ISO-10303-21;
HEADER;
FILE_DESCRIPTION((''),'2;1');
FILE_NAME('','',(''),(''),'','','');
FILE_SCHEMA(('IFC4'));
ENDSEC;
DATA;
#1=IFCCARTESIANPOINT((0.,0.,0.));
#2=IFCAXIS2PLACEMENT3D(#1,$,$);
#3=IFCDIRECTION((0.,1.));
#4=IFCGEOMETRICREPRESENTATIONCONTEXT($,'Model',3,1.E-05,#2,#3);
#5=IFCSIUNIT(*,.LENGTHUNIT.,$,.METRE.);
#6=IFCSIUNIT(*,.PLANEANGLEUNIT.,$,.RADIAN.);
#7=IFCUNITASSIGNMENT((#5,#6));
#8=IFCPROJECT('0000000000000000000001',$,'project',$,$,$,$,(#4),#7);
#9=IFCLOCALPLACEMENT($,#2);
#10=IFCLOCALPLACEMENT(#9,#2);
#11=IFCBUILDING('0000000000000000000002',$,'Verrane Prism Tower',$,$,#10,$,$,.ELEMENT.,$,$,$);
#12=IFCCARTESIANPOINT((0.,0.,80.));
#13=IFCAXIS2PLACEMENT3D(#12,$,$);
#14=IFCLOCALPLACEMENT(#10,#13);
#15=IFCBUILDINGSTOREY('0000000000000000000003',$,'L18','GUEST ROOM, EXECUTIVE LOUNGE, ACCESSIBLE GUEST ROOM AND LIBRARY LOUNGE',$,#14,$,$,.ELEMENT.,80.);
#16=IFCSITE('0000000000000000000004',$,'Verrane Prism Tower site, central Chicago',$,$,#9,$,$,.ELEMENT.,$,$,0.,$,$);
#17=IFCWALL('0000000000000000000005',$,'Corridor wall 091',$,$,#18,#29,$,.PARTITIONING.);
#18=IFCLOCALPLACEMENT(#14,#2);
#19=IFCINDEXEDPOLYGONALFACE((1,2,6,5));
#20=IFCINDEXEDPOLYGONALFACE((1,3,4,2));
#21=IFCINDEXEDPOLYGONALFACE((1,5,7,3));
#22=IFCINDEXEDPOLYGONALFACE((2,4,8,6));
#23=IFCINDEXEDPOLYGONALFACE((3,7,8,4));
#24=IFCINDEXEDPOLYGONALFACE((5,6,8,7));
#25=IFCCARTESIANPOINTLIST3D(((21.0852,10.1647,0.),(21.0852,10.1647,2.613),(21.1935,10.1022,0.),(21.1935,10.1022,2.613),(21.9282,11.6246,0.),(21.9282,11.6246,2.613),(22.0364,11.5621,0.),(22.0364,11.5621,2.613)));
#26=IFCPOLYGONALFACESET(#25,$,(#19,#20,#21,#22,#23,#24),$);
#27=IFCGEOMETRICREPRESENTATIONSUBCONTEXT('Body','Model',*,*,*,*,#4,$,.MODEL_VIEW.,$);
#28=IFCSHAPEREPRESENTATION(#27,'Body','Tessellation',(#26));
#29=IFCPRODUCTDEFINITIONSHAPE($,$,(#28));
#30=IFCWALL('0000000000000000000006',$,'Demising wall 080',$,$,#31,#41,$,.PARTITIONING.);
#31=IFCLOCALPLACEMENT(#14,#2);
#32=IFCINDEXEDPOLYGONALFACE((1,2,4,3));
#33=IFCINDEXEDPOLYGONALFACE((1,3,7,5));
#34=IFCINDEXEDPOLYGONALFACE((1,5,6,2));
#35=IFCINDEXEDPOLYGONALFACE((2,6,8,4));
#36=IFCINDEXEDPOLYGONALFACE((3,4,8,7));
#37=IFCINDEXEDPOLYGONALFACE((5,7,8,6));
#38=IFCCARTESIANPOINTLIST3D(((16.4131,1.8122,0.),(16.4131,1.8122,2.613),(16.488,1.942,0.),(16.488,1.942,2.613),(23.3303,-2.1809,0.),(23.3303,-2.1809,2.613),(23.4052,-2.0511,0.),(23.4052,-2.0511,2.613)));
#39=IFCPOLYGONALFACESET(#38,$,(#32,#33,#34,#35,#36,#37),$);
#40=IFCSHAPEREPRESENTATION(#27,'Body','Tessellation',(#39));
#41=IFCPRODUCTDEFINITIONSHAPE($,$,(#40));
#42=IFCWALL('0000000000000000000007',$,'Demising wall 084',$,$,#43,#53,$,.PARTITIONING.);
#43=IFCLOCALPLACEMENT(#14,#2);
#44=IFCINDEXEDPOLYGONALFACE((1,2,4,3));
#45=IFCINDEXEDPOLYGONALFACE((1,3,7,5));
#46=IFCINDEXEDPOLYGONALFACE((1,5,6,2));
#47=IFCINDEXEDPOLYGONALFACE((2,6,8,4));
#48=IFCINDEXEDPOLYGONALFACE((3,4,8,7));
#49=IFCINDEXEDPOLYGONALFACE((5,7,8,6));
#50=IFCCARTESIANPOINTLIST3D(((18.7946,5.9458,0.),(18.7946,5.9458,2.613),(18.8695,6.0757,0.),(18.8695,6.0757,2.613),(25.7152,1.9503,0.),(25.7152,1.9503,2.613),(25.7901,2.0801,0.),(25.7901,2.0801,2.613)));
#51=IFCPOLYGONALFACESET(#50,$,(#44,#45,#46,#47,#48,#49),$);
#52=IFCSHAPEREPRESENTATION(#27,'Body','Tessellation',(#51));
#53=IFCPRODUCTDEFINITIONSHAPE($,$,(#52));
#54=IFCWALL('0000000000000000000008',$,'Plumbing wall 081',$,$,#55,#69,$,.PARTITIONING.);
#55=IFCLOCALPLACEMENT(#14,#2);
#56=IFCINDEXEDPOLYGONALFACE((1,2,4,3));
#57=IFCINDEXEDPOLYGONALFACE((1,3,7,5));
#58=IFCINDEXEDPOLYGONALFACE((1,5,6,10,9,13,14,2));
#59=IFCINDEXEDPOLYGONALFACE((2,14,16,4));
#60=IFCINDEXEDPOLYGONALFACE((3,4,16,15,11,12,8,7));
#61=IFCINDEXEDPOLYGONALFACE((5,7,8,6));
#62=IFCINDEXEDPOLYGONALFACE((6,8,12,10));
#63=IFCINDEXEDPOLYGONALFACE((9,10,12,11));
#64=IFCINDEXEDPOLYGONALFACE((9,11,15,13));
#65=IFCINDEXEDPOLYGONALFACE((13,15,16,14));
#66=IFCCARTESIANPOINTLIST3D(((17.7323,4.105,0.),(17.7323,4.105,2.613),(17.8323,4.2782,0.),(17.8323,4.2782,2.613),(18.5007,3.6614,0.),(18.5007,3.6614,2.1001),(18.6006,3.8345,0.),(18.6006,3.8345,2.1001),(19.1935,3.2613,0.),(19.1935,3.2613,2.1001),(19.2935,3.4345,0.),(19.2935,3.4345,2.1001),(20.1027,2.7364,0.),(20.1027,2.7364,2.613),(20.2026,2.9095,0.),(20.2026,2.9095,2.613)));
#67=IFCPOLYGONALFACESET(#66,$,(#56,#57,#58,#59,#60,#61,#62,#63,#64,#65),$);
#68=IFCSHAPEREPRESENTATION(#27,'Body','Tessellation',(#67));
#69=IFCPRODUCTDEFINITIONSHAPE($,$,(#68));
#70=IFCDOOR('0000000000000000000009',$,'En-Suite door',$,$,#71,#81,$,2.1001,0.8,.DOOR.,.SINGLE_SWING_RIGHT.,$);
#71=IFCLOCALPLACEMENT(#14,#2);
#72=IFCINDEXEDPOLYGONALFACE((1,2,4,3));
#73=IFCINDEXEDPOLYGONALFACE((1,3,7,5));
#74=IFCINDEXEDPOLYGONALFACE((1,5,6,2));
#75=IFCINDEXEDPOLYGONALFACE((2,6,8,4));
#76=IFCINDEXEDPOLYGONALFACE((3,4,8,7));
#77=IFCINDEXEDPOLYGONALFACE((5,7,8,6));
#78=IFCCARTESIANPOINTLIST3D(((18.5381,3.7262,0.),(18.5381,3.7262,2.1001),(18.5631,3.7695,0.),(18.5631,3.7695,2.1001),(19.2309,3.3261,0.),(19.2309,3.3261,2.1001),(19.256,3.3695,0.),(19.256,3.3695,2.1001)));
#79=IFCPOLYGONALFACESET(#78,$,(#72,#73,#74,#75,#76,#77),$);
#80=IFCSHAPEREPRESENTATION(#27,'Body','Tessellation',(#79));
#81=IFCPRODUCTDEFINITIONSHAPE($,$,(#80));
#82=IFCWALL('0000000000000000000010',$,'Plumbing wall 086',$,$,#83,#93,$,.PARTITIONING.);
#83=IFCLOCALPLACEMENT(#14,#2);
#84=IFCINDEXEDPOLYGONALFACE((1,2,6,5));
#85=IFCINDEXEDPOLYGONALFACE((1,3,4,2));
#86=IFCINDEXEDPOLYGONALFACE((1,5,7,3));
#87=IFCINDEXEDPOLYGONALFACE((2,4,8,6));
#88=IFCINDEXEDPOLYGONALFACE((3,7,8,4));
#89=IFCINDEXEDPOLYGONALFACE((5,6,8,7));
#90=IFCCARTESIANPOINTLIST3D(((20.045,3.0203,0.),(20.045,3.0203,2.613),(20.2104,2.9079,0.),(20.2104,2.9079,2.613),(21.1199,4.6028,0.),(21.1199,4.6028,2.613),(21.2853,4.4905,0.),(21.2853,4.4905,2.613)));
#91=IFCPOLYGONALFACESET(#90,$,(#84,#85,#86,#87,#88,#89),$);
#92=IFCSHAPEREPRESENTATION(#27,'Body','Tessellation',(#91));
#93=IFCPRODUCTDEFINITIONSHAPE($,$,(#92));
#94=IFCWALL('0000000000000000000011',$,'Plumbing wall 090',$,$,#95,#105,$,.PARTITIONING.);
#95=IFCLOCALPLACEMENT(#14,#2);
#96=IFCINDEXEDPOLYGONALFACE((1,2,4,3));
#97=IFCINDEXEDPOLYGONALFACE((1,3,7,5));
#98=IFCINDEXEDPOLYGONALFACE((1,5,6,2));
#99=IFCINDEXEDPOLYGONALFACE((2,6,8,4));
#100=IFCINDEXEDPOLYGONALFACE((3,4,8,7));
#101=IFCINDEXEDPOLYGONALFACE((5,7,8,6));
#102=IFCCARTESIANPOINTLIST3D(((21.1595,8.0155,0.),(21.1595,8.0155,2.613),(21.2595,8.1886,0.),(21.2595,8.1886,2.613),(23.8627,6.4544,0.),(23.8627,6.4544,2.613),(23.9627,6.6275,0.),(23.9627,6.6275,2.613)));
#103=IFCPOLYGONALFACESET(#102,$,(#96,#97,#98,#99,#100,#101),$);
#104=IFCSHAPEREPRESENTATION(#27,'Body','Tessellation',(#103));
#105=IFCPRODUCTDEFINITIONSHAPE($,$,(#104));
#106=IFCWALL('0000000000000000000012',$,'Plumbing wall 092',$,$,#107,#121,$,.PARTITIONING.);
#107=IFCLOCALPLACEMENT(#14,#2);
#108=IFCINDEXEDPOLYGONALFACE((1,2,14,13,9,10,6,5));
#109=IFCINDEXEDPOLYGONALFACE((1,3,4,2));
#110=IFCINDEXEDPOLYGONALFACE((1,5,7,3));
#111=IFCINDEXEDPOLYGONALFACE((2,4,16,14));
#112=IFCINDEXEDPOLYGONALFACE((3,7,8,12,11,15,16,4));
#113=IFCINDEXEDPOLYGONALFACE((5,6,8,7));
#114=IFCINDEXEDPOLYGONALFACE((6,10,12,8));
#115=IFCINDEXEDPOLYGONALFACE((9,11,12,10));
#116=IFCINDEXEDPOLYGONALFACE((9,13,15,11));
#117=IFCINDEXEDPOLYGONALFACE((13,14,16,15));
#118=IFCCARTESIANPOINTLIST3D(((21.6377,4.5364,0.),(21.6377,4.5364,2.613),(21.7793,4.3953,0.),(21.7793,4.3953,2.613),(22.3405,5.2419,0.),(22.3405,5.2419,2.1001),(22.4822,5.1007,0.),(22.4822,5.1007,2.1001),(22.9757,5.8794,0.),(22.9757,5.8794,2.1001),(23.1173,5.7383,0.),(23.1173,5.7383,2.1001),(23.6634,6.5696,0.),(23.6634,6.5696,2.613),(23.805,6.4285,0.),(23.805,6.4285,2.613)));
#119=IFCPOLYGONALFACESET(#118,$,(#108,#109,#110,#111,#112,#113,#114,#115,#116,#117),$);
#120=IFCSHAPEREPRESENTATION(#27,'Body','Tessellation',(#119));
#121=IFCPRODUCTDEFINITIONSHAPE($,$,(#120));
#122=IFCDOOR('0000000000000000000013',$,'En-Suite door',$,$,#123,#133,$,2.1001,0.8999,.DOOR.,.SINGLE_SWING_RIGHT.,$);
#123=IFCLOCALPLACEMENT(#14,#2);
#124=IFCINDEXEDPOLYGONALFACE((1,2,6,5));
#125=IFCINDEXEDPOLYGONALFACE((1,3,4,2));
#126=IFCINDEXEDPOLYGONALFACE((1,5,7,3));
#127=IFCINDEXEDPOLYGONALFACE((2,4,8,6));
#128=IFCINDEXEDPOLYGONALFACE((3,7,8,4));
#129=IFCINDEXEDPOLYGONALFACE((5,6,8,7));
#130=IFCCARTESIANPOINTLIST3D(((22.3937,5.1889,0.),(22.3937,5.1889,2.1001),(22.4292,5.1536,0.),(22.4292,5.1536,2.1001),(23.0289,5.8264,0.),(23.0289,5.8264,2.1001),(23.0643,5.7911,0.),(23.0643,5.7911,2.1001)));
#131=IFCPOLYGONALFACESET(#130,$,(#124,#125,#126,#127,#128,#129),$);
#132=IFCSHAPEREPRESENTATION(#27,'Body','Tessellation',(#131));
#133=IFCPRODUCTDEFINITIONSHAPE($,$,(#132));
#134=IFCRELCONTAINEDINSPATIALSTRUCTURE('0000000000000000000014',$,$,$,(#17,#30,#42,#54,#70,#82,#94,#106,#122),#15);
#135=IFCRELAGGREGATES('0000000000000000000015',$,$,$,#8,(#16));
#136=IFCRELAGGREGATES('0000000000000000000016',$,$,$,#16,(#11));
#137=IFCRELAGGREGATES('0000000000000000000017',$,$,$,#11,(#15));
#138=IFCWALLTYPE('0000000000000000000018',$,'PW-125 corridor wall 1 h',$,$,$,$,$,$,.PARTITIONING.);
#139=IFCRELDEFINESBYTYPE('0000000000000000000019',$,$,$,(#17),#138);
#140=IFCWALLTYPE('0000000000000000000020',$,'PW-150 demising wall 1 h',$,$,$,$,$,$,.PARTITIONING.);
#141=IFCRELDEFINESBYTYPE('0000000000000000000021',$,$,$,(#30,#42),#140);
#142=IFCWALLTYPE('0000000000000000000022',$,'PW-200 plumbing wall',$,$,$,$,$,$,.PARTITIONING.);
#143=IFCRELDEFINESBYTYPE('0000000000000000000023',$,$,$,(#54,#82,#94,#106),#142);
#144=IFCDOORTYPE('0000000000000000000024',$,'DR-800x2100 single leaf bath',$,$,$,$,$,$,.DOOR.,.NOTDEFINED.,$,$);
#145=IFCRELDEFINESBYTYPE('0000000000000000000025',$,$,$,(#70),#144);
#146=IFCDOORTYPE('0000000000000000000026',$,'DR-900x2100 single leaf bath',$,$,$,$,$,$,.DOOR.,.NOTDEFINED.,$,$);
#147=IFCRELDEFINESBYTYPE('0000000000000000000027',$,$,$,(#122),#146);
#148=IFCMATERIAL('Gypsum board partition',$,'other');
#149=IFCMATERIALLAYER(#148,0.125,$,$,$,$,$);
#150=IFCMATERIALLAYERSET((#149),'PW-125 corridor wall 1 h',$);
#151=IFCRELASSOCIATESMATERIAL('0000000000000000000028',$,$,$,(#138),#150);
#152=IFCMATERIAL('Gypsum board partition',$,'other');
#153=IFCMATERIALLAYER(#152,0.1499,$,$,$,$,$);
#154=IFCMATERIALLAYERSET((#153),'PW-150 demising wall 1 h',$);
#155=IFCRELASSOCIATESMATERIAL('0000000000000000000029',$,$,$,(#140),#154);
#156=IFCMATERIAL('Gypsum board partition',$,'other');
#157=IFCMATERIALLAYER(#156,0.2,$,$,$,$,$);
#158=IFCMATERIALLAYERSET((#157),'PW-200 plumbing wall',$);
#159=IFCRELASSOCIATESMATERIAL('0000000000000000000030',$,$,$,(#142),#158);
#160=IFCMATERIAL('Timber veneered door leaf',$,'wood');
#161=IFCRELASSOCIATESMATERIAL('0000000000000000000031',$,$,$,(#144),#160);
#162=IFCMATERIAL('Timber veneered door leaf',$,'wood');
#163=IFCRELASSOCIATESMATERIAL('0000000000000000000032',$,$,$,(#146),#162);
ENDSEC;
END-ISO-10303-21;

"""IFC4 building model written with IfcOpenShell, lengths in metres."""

from ifc_helpers import new_model, si_unit, direction, frame, frame_2d, origin, place, context, subcontext, project, spatial, rectangle, extrude, material, layer, layer_set, type_object, element, fill, save


model = new_model("IFC4")

# Units and contexts
model_context = context("Model", 3, precision=1e-05, world=origin(), true_north=direction((0.0, 1.0)))
body_context = subcontext(model_context, "Body", "Model", "MODEL_VIEW")
ifc_project = project(units=[si_unit("LENGTHUNIT", "METRE"), si_unit("PLANEANGLEUNIT", "RADIAN")], contexts=[model_context])

# Site, building, storey
site_placement = place(None, origin())
site = spatial("IfcSite", under=ifc_project, at=site_placement, Name="Verrane Prism Tower site, central Chicago", CompositionType="ELEMENT", RefElevation=0.0)
building_placement = place(site_placement, origin())
building = spatial("IfcBuilding", under=site, at=building_placement, Name="Verrane Prism Tower", CompositionType="ELEMENT")
storey_placement = place(building_placement, frame((0.0, 0.0, 80.0)))
storey = spatial("IfcBuildingStorey", under=building, at=storey_placement, Name="L18", Description="GUEST ROOM, EXECUTIVE LOUNGE, ACCESSIBLE GUEST ROOM AND LIBRARY LOUNGE", CompositionType="ELEMENT", Elevation=80.0)

# Shared definitions
ifc_material_1 = material(Name="Gypsum board partition", Category="other")
ifc_layer_1 = layer(ifc_material_1, 0.125)
ifc_layer_set_1 = layer_set([ifc_layer_1], Name="PW-125 corridor wall 1 h")
wall_type_1 = type_object("IfcWallType", Name="PW-125 corridor wall 1 h", PredefinedType="PARTITIONING", material=ifc_layer_set_1)

# Walls
wall_1_placement = place(storey_placement, frame((21.1394, 10.1335, 0.0), z_axis=(0.0, 0.0, 1.0), x_axis=(0.500048, 0.865997, 0.0)))
element("IfcWall", 1, at=wall_1_placement, inside=storey, type_object=wall_type_1, Name="Corridor wall 091", PredefinedType="PARTITIONING", context=body_context, shape_type="SweptSolid", body=[
    extrude(rectangle(XDim=1.6858, YDim=0.125, at=frame_2d((0.8428, 0.0))), origin(), (0.0, 0.0, 1.0), 2.613),
])
ifc_material_2 = material(Name="Gypsum board partition", Category="other")
ifc_layer_2 = layer(ifc_material_2, 0.1499)
ifc_layer_set_2 = layer_set([ifc_layer_2], Name="PW-150 demising wall 1 h")
wall_type_2 = type_object("IfcWallType", Name="PW-150 demising wall 1 h", PredefinedType="PARTITIONING", material=ifc_layer_set_2)
wall_2_placement = place(storey_placement, frame((16.4504, 1.8772, 0.0), z_axis=(0.0, 0.0, 1.0), x_axis=(0.866053, -0.499953, 0.0)))
element("IfcWall", 2, at=wall_2_placement, inside=storey, type_object=wall_type_2, Name="Demising wall 080", PredefinedType="PARTITIONING", context=body_context, shape_type="SweptSolid", body=[
    extrude(rectangle(XDim=7.9871, YDim=0.1499, at=frame_2d((3.9937, 0.0))), origin(), (0.0, 0.0, 1.0), 2.613),
])
wall_3_placement = place(storey_placement, frame((18.832, 6.0107, 0.0), z_axis=(0.0, 0.0, 1.0), x_axis=(0.866027, -0.499997, 0.0)))
element("IfcWall", 3, at=wall_3_placement, inside=storey, type_object=wall_type_2, Name="Demising wall 084", PredefinedType="PARTITIONING", context=body_context, shape_type="SweptSolid", body=[
    extrude(rectangle(XDim=7.9912, YDim=0.1499, at=frame_2d((3.9956, 0.0))), origin(), (0.0, 0.0, 1.0), 2.613),
])

# Wall, opening, door
ifc_material_3 = material(Name="Gypsum board partition", Category="other")
ifc_layer_3 = layer(ifc_material_3, 0.2)
ifc_layer_set_3 = layer_set([ifc_layer_3], Name="PW-200 plumbing wall")
wall_type_3 = type_object("IfcWallType", Name="PW-200 plumbing wall", PredefinedType="PARTITIONING", material=ifc_layer_set_3)
wall_4_placement = place(storey_placement, frame((17.7822, 4.1917, 0.0), z_axis=(0.0, 0.0, 1.0), x_axis=(0.866006, -0.500034, 0.0)))
wall_4 = element("IfcWall", 4, at=wall_4_placement, inside=storey, type_object=wall_type_3, Name="Plumbing wall 081", PredefinedType="PARTITIONING", context=body_context, shape_type="SweptSolid", body=[
    extrude(rectangle(XDim=2.7371, YDim=0.2, at=frame_2d((1.3687, 0.0))), origin(), (0.0, 0.0, 1.0), 2.613),
])
opening_1_placement = place(wall_4_placement, frame((0.8875, 0.0, 0.0)))
opening_1 = element("IfcOpeningElement", 5, at=opening_1_placement, cuts=wall_4, PredefinedType="OPENING", context=body_context, shape_type="SweptSolid", body=[
    extrude(rectangle(XDim=0.8, YDim=2.1001, at=frame_2d((0.3999, 1.05))), frame((0.0, 0.1099, 0.0), z_axis=(0.0, -1.0, 0.0), x_axis=(1.0, 0.0, 0.0)), (0.0, 0.0, 1.0), 0.22),
])
ifc_material_4 = material(Name="Timber veneered door leaf", Category="wood")
door_type_1 = type_object("IfcDoorType", Name="DR-800x2100 single leaf bath", OperationType="NOTDEFINED", PredefinedType="DOOR", material=ifc_material_4)
door_1_placement = place(opening_1_placement, origin())
door_1 = element("IfcDoor", 6, at=door_1_placement, inside=storey, type_object=door_type_1, Name="En-Suite door", OperationType="SINGLE_SWING_RIGHT", OverallHeight=2.1001, OverallWidth=0.8, PredefinedType="DOOR", context=body_context, shape_type="SweptSolid", body=[
    extrude(rectangle(XDim=0.8, YDim=2.1001, at=frame_2d((0.3999, 1.05))), frame((0.0, 0.0249, 0.0), z_axis=(0.0, -1.0, 0.0), x_axis=(1.0, 0.0, 0.0)), (0.0, 0.0, 1.0), 0.05),
])
fill(opening_1, door_1)

# Walls
wall_5_placement = place(storey_placement, frame((20.1277, 2.9641, 0.0), z_axis=(0.0, 0.0, 1.0), x_axis=(0.561895, 0.827209, 0.0)))
element("IfcWall", 7, at=wall_5_placement, inside=storey, type_object=wall_type_3, Name="Plumbing wall 086", PredefinedType="PARTITIONING", context=body_context, shape_type="SweptSolid", body=[
    extrude(rectangle(XDim=1.9131, YDim=0.2, at=frame_2d((0.9565, 0.0))), origin(), (0.0, 0.0, 1.0), 2.613),
])
wall_6_placement = place(storey_placement, frame((21.2095, 8.1021, 0.0), z_axis=(0.0, 0.0, 1.0), x_axis=(0.865972, -0.500093, 0.0)))
element("IfcWall", 8, at=wall_6_placement, inside=storey, type_object=wall_type_3, Name="Plumbing wall 090", PredefinedType="PARTITIONING", context=body_context, shape_type="SweptSolid", body=[
    extrude(rectangle(XDim=3.1216, YDim=0.2, at=frame_2d((1.5608, 0.0))), origin(), (0.0, 0.0, 1.0), 2.613),
])

# Wall, opening, door
wall_7_placement = place(storey_placement, frame((21.7085, 4.4658, 0.0), z_axis=(0.0, 0.0, 1.0), x_axis=(0.705787, 0.708424, 0.0)))
wall_7 = element("IfcWall", 9, at=wall_7_placement, inside=storey, type_object=wall_type_3, Name="Plumbing wall 092", PredefinedType="PARTITIONING", context=body_context, shape_type="SweptSolid", body=[
    extrude(rectangle(XDim=2.8701, YDim=0.2, at=frame_2d((1.4351, 0.0))), origin(), (0.0, 0.0, 1.0), 2.613),
])
opening_2_placement = place(wall_7_placement, frame((0.9958, 0.0, 0.0)))
opening_2 = element("IfcOpeningElement", 10, at=opening_2_placement, cuts=wall_7, PredefinedType="OPENING", context=body_context, shape_type="SweptSolid", body=[
    extrude(rectangle(XDim=0.8999, YDim=2.1001, at=frame_2d((0.45, 1.05))), frame((0.0, 0.1099, 0.0), z_axis=(0.0, -1.0, 0.0), x_axis=(1.0, 0.0, 0.0)), (0.0, 0.0, 1.0), 0.22),
])
ifc_material_5 = material(Name="Timber veneered door leaf", Category="wood")
door_type_2 = type_object("IfcDoorType", Name="DR-900x2100 single leaf bath", OperationType="NOTDEFINED", PredefinedType="DOOR", material=ifc_material_5)
door_2_placement = place(opening_2_placement, origin())
door_2 = element("IfcDoor", 11, at=door_2_placement, inside=storey, type_object=door_type_2, Name="En-Suite door", OperationType="SINGLE_SWING_RIGHT", OverallHeight=2.1001, OverallWidth=0.8999, PredefinedType="DOOR", context=body_context, shape_type="SweptSolid", body=[
    extrude(rectangle(XDim=0.8999, YDim=2.1001, at=frame_2d((0.45, 1.05))), frame((0.0, 0.0249, 0.0), z_axis=(0.0, -1.0, 0.0), x_axis=(1.0, 0.0, 0.0)), (0.0, 0.0, 1.0), 0.05),
])
fill(opening_2, door_2)

save(model, "model.ifc")
